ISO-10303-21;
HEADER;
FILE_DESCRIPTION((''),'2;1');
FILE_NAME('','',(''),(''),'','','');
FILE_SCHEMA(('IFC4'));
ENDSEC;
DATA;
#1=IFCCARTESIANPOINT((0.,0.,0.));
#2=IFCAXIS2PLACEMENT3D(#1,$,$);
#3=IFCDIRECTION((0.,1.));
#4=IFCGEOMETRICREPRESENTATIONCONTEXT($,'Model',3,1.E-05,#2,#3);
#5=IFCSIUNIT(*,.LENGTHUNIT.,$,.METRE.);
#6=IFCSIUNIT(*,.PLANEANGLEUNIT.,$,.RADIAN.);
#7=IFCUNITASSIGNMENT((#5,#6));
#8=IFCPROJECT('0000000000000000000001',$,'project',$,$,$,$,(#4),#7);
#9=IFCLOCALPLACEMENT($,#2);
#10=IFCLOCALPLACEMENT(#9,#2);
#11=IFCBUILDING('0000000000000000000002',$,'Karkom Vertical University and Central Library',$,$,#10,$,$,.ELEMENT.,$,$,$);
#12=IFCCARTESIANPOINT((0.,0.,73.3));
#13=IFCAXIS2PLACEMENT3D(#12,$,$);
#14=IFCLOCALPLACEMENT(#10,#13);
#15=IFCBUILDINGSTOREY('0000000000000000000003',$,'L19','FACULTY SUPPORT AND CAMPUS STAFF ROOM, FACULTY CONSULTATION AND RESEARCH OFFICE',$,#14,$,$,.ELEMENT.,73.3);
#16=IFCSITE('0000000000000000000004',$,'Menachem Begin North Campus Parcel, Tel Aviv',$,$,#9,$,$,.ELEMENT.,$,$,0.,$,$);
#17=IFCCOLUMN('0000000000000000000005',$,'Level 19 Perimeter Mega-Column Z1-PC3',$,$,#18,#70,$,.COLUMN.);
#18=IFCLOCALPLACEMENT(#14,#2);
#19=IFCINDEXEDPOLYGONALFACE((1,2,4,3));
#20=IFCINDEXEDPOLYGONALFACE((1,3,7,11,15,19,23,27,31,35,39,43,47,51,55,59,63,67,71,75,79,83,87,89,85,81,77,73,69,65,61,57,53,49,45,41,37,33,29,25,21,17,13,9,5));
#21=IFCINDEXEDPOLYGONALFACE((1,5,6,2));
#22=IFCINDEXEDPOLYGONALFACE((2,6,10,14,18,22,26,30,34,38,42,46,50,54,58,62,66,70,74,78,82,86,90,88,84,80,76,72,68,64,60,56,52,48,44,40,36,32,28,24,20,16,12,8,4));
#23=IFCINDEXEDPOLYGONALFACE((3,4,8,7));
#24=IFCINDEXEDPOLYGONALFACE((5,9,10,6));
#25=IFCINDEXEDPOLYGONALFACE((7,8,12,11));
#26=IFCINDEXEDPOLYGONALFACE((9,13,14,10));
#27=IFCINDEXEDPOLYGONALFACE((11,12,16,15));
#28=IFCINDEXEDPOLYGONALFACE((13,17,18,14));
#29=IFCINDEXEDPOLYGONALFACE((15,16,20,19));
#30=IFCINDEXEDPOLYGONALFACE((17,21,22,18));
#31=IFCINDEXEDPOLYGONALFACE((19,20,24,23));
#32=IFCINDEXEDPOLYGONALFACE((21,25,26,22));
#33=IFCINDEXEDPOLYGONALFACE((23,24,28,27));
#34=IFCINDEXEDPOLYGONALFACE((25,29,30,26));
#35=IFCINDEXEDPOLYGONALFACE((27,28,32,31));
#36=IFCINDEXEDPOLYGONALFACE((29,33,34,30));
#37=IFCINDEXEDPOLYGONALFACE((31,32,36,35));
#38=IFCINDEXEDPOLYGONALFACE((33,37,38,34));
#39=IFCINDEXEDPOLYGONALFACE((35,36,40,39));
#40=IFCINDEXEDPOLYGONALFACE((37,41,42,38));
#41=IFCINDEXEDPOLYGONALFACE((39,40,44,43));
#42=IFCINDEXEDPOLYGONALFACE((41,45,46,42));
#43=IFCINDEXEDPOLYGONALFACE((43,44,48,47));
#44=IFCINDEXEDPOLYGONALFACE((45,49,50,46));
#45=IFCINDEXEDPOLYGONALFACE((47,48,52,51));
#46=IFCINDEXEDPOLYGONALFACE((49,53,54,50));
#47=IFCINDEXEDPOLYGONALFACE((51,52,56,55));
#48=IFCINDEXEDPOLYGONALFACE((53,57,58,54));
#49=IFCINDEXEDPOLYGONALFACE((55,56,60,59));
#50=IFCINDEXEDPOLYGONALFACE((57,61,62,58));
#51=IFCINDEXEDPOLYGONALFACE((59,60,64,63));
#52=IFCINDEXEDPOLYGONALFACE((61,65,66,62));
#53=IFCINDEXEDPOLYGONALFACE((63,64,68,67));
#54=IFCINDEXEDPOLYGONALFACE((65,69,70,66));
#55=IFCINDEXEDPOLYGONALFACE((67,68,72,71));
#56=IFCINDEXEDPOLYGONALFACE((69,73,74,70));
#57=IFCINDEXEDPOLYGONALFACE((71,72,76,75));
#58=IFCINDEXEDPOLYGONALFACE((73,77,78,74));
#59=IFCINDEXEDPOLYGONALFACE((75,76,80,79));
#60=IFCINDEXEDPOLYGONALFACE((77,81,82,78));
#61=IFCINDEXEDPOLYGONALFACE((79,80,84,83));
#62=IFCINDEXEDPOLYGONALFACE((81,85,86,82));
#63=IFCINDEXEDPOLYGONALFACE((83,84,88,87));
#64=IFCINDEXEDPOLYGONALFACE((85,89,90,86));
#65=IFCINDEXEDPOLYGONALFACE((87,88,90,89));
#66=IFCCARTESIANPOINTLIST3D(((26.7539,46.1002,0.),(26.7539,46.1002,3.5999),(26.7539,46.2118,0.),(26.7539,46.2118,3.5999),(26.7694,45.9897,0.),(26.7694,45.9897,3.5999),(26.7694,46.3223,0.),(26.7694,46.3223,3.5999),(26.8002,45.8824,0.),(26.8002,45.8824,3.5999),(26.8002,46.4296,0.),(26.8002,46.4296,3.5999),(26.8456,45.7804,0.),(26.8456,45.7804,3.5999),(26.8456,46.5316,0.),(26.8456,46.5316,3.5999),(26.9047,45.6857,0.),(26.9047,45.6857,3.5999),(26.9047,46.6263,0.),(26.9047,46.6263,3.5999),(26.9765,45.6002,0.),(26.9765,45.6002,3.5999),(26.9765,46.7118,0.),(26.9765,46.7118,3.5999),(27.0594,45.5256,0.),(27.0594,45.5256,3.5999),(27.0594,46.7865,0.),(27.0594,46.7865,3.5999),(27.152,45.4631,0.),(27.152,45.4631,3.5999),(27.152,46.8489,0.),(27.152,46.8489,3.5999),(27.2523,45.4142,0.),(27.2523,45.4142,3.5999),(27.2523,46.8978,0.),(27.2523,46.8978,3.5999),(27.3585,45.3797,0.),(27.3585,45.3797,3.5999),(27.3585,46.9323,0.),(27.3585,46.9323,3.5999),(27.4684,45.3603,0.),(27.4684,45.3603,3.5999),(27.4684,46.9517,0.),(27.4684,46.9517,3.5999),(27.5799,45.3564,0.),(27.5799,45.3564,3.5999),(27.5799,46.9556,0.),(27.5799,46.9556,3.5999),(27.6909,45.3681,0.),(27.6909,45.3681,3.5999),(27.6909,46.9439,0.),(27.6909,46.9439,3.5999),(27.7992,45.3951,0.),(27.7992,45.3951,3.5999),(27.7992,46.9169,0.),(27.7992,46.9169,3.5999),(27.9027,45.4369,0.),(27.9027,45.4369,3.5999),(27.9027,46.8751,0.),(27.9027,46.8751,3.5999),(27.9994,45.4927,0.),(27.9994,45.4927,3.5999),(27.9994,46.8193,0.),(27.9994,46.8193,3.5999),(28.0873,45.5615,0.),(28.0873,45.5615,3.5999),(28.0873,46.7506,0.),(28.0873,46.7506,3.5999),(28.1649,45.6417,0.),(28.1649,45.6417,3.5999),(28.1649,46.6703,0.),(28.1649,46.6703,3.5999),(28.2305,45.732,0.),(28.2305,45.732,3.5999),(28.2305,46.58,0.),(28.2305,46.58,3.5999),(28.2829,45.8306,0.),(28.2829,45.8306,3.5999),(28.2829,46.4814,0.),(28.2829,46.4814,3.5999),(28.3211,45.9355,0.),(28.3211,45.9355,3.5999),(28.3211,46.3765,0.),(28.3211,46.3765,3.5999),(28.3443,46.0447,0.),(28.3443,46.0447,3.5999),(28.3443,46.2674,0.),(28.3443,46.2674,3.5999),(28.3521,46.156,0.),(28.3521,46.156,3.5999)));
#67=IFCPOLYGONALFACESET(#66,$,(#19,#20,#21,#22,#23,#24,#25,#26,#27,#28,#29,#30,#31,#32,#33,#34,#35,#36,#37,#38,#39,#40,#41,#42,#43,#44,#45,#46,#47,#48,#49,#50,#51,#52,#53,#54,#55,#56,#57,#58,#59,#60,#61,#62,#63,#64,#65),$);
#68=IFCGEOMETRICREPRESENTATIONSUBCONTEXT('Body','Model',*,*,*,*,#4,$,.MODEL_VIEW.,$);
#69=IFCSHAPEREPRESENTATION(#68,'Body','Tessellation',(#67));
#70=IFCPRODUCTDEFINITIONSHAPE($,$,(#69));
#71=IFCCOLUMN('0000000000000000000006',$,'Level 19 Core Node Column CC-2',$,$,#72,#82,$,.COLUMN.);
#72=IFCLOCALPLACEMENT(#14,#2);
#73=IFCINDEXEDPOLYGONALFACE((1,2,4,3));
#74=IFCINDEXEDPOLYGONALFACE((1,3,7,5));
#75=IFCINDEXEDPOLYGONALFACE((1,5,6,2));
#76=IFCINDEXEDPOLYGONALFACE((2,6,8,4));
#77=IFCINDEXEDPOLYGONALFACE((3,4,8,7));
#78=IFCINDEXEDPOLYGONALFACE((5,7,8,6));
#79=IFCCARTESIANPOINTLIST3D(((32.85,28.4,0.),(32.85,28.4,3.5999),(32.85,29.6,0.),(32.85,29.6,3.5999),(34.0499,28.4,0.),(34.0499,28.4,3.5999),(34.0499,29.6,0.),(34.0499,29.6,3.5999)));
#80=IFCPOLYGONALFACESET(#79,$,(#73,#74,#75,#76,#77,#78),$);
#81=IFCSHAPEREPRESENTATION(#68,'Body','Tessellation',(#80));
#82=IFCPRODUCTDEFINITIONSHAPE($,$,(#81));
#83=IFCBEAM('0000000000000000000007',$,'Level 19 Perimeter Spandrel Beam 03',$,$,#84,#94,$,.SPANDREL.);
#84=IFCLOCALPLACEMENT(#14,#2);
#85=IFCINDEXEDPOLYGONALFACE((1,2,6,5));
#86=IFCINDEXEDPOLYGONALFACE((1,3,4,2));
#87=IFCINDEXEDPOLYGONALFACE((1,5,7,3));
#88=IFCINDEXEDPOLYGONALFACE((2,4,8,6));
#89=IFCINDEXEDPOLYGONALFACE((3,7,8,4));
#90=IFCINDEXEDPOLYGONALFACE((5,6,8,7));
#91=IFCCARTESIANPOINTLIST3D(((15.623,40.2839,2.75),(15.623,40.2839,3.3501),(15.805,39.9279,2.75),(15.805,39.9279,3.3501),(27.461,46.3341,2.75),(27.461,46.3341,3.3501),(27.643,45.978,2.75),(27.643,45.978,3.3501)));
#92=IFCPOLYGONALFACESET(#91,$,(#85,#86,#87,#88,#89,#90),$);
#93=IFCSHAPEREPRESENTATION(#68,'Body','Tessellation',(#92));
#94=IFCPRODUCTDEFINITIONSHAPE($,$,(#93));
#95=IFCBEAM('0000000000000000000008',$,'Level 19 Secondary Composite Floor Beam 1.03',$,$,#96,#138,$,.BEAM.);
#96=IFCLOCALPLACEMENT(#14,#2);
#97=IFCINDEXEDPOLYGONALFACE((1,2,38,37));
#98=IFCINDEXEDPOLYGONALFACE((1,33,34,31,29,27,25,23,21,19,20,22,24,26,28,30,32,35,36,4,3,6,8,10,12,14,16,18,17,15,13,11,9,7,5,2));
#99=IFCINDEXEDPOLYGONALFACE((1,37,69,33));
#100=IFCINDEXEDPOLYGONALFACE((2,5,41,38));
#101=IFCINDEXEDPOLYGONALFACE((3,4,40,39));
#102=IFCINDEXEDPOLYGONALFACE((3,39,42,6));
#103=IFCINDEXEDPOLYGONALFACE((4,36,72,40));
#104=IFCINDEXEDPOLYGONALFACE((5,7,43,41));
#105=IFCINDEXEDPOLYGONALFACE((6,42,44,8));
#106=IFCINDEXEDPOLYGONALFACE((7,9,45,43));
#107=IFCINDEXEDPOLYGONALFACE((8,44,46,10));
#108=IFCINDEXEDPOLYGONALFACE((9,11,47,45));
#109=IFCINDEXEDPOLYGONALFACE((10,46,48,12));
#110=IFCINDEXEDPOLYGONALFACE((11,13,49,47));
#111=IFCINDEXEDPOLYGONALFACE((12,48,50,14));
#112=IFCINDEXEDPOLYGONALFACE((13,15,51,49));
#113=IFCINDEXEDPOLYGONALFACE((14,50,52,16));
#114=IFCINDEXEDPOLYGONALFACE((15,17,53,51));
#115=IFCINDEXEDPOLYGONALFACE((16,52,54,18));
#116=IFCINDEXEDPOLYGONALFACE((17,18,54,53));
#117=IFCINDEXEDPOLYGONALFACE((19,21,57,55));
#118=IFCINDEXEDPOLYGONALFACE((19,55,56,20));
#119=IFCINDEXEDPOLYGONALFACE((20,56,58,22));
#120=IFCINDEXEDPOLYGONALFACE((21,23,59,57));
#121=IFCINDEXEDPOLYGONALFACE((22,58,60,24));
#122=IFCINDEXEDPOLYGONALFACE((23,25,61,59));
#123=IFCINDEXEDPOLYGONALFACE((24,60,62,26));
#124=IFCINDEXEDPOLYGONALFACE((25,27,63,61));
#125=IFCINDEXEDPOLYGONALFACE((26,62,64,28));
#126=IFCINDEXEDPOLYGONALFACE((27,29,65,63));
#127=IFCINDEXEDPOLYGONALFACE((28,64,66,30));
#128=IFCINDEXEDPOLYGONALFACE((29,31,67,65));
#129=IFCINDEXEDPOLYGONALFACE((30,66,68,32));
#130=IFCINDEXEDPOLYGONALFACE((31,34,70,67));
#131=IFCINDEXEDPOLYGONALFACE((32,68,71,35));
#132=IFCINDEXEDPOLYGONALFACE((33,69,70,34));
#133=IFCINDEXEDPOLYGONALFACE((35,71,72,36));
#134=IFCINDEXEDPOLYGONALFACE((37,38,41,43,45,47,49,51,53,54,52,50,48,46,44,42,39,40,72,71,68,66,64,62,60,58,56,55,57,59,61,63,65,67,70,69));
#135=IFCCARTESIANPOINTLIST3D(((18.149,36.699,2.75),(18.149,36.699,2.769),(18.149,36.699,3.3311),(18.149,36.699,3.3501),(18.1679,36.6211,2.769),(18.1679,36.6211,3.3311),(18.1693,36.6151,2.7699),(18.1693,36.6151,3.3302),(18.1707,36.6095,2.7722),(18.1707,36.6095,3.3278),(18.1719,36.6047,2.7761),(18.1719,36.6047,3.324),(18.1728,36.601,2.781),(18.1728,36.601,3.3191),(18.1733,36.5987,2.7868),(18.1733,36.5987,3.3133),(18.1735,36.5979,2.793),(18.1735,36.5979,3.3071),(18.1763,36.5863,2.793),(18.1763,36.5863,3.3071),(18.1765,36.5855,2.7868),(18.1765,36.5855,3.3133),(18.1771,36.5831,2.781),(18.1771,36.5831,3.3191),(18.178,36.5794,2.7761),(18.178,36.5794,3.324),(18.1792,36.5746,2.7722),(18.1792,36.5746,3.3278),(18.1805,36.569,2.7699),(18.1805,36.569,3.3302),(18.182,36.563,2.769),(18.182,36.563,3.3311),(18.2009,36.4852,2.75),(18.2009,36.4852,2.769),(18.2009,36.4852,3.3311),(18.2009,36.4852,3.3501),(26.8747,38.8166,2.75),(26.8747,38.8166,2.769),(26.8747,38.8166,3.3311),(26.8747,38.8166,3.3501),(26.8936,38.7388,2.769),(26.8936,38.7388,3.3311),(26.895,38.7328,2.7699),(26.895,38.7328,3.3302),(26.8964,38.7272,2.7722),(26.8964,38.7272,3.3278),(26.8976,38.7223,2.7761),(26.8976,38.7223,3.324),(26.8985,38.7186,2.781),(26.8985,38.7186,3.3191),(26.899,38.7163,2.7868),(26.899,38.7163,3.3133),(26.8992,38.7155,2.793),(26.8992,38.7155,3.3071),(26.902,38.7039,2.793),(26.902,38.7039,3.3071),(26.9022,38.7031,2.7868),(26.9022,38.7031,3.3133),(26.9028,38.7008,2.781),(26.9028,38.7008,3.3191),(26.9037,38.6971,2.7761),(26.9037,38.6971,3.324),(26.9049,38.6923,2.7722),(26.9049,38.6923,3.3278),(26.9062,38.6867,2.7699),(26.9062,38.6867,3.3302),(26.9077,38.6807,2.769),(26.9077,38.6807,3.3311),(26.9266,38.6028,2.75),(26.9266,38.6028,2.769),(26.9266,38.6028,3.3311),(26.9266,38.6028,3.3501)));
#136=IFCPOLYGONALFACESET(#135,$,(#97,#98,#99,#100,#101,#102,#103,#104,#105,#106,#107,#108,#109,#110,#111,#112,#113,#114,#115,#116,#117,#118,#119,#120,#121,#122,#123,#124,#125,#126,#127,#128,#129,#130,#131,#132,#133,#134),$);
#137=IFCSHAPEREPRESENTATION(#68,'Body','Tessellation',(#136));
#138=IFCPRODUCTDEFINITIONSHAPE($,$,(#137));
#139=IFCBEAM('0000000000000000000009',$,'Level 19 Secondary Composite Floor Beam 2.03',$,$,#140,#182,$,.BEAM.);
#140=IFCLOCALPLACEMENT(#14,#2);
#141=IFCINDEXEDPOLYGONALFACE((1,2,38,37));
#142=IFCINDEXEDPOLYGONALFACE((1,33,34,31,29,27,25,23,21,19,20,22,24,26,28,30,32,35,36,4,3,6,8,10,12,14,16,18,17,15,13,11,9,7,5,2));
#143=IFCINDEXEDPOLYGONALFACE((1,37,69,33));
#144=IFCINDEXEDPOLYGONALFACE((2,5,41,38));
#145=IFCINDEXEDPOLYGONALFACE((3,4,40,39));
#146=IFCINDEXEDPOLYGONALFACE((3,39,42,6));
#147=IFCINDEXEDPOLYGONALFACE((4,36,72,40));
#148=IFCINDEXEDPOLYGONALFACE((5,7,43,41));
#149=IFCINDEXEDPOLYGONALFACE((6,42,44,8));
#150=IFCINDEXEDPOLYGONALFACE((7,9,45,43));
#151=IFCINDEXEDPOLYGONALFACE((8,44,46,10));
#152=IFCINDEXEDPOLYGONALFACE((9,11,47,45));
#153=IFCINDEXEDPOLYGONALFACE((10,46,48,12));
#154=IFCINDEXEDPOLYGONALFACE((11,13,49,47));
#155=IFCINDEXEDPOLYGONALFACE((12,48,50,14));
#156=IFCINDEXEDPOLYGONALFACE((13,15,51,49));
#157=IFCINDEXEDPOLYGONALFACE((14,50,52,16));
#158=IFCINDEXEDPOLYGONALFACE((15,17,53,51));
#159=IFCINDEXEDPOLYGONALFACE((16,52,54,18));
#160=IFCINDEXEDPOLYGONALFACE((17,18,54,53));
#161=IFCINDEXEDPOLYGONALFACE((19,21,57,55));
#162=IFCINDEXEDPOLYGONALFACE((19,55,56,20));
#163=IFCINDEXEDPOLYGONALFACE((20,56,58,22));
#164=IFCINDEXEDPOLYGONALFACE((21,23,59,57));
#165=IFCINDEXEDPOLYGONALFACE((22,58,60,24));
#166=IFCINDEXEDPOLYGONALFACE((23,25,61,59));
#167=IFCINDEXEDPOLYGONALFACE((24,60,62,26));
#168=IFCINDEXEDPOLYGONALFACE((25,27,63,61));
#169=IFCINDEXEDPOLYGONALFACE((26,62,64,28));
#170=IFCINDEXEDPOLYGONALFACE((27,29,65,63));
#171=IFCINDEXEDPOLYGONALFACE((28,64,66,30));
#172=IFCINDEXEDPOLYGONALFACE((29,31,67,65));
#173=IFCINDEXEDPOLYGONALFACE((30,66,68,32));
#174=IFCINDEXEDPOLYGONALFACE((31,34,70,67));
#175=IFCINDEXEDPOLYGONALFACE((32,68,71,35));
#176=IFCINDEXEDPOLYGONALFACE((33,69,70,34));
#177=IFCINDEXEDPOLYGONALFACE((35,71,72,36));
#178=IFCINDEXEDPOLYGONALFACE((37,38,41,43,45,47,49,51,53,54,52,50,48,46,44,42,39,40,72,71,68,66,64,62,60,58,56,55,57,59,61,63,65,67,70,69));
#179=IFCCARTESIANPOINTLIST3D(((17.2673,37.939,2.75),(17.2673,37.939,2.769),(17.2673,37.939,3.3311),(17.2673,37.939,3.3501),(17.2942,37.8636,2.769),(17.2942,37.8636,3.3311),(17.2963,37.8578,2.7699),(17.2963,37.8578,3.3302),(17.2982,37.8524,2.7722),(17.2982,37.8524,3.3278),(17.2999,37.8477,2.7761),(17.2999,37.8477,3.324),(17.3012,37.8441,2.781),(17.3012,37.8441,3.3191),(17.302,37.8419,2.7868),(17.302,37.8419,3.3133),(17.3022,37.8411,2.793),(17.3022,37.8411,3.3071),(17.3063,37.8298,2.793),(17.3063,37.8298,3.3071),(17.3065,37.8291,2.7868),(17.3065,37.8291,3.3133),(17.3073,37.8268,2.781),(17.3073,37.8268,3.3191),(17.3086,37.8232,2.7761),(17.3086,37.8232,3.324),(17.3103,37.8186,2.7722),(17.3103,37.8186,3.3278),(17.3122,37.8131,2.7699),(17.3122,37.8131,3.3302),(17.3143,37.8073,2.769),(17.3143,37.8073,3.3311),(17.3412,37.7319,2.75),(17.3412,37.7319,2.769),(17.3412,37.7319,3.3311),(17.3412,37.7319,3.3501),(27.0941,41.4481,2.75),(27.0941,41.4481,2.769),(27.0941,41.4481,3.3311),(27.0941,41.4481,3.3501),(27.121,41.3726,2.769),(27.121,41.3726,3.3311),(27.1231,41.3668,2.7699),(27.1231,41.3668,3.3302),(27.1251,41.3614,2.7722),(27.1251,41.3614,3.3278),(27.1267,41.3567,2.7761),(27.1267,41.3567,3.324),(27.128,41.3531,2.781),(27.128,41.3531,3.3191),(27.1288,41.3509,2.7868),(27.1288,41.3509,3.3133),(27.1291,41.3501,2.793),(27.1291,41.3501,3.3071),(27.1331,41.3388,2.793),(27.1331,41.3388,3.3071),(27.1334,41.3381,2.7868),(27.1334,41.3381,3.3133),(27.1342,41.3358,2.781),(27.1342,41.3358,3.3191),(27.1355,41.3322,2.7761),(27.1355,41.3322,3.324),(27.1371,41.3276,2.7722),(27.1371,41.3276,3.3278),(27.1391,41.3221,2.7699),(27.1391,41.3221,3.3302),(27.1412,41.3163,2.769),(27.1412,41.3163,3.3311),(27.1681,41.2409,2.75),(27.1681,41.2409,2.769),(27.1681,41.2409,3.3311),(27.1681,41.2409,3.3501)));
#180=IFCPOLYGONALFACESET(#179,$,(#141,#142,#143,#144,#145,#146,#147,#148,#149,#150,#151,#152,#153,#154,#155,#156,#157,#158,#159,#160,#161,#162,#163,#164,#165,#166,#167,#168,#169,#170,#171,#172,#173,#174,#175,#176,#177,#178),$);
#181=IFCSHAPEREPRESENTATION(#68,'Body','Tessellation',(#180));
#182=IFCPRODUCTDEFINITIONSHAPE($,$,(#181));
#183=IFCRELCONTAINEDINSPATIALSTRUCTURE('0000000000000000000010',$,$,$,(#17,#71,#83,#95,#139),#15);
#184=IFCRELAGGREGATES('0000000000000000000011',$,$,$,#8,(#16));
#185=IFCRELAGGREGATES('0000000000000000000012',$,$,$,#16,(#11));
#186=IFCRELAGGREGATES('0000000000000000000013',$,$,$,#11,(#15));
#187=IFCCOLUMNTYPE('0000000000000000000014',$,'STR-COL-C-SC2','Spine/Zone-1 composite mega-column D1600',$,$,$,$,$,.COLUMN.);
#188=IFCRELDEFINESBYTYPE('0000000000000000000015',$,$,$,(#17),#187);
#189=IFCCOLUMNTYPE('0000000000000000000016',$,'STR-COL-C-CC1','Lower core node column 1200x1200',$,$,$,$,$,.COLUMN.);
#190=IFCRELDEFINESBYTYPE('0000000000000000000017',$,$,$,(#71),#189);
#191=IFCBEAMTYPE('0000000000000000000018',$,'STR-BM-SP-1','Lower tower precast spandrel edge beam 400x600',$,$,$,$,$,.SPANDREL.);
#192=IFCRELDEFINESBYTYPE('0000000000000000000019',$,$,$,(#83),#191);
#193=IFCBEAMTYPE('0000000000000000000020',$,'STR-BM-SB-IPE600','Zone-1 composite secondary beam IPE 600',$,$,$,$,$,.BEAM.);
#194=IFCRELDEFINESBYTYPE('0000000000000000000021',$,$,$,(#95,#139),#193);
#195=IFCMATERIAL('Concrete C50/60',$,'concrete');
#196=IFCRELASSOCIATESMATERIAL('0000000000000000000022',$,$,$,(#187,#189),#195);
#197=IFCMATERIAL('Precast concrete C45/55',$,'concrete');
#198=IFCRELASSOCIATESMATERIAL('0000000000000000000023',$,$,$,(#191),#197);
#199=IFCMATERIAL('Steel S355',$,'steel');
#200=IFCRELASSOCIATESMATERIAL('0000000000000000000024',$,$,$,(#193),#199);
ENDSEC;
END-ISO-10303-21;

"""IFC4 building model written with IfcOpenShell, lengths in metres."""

from ifc_helpers import new_model, si_unit, direction, frame, origin, origin_with_axes, origin_2d, place, context, subcontext, project, spatial, rectangle, circle, i_section, extrude, source, transform, mapped, material, material_profile, profile_set, type_object, element, save


model = new_model("IFC4")

# Units and contexts
model_context = context("Model", 3, precision=1e-05, world=origin(), true_north=direction((0.0, 1.0)))
body_context = subcontext(model_context, "Body", "Model", "MODEL_VIEW")
ifc_project = project(units=[si_unit("LENGTHUNIT", "METRE"), si_unit("PLANEANGLEUNIT", "RADIAN")], contexts=[model_context])

# Site, building, storey
site_placement = place(None, origin())
site = spatial("IfcSite", under=ifc_project, at=site_placement, Name="Menachem Begin North Campus Parcel, Tel Aviv", CompositionType="ELEMENT", RefElevation=0.0)
building_placement = place(site_placement, origin())
building = spatial("IfcBuilding", under=site, at=building_placement, Name="Karkom Vertical University and Central Library", CompositionType="ELEMENT")
storey_placement = place(building_placement, frame((0.0, 0.0, 73.3)))
storey = spatial("IfcBuildingStorey", under=building, at=storey_placement, Name="L19", Description="FACULTY SUPPORT AND CAMPUS STAFF ROOM, FACULTY CONSULTATION AND RESEARCH OFFICE", CompositionType="ELEMENT", Elevation=73.3)

# Columns
ifc_material_1 = material(Name="Concrete C50/60", Category="concrete")
ifc_material_profile_1 = material_profile(ifc_material_1, circle(Radius=0.8, at=origin_2d()), Name="CFT-D1600")
ifc_profile_set_1 = profile_set([ifc_material_profile_1], Name="Concrete C50/60")
column_type_1 = type_object("IfcColumnType", Name="STR-COL-C-SC2", Description="Spine/Zone-1 composite mega-column D1600", PredefinedType="COLUMN", material=ifc_profile_set_1)
shared_shape_1 = source(origin_with_axes(), body_context, "Body", "SweptSolid", [
    extrude(circle(Radius=0.8, at=origin_2d()), origin(), (0.0, 0.0, 1.0), 3.5999),
])
column_1_placement = place(storey_placement, frame((27.552, 46.156, 0.0), z_axis=(0.0, 0.0, 1.0), x_axis=(1.0, 0.0, 0.0)))
element("IfcColumn", 1, at=column_1_placement, inside=storey, type_object=column_type_1, Name="Level 19 Perimeter Mega-Column Z1-PC3", PredefinedType="COLUMN", context=body_context, shape_type="MappedRepresentation", body=[
    mapped(shared_shape_1, transform((0.0, 0.0, 0.0), scale=1.0)),
])
ifc_material_profile_2 = material_profile(ifc_material_1, rectangle(XDim=1.2, YDim=1.2, at=origin_2d()), Name="RC-1200x1200")
ifc_profile_set_2 = profile_set([ifc_material_profile_2], Name="Concrete C50/60")
column_type_2 = type_object("IfcColumnType", Name="STR-COL-C-CC1", Description="Lower core node column 1200x1200", PredefinedType="COLUMN", material=ifc_profile_set_2)
shared_shape_2 = source(origin_with_axes(), body_context, "Body", "SweptSolid", [
    extrude(rectangle(XDim=1.2, YDim=1.2, at=origin_2d()), origin(), (0.0, 0.0, 1.0), 3.5999),
])
column_2_placement = place(storey_placement, frame((33.45, 29.0, 0.0), z_axis=(0.0, 0.0, 1.0), x_axis=(1.0, 0.0, 0.0)))
element("IfcColumn", 2, at=column_2_placement, inside=storey, type_object=column_type_2, Name="Level 19 Core Node Column CC-2", PredefinedType="COLUMN", context=body_context, shape_type="MappedRepresentation", body=[
    mapped(shared_shape_2, transform((0.0, 0.0, 0.0), scale=1.0)),
])

# Beams
ifc_material_2 = material(Name="Precast concrete C45/55", Category="concrete")
ifc_material_profile_3 = material_profile(ifc_material_2, rectangle(XDim=0.3999, YDim=0.6001, at=origin_2d()), Name="SPB-400x600")
ifc_profile_set_3 = profile_set([ifc_material_profile_3], Name="Precast concrete C45/55")
beam_type_1 = type_object("IfcBeamType", Name="STR-BM-SP-1", Description="Lower tower precast spandrel edge beam 400x600", PredefinedType="SPANDREL", material=ifc_profile_set_3)
shared_shape_3 = source(origin_with_axes(), body_context, "Body", "SweptSolid", [
    extrude(rectangle(XDim=0.3999, YDim=0.6001, at=origin_2d()), origin(), (0.0, 0.0, 1.0), 13.2944),
])
beam_1_placement = place(storey_placement, frame((27.552, 46.156, 3.05), z_axis=(-0.890448, -0.455085, 0.0), x_axis=(0.455085, -0.890448, 0.0)))
element("IfcBeam", 3, at=beam_1_placement, inside=storey, type_object=beam_type_1, Name="Level 19 Perimeter Spandrel Beam 03", PredefinedType="SPANDREL", context=body_context, shape_type="MappedRepresentation", body=[
    mapped(shared_shape_3, transform((0.0, 0.0, 0.0), scale=1.0)),
])
ifc_material_3 = material(Name="Steel S355", Category="steel")
ifc_material_profile_4 = material_profile(ifc_material_3, i_section(OverallWidth=0.22, OverallDepth=0.6001, WebThickness=0.012, FlangeThickness=0.019, FilletRadius=0.0239, at=origin_2d()), Name="IPE 600")
ifc_profile_set_4 = profile_set([ifc_material_profile_4], Name="Steel S355")
beam_type_2 = type_object("IfcBeamType", Name="STR-BM-SB-IPE600", Description="Zone-1 composite secondary beam IPE 600", PredefinedType="BEAM", material=ifc_profile_set_4)
shared_shape_4 = source(origin_with_axes(), body_context, "Body", "SweptSolid", [
    extrude(i_section(OverallWidth=0.22, OverallDepth=0.6001, WebThickness=0.012, FlangeThickness=0.019, FilletRadius=0.0239, at=origin_2d()), origin(), (0.0, 0.0, 1.0), 8.979),
])
beam_2_placement = place(storey_placement, frame((26.9006, 38.7097, 3.05), z_axis=(-0.971791, -0.235844, 0.0), x_axis=(0.235844, -0.971791, 0.0)))
element("IfcBeam", 4, at=beam_2_placement, inside=storey, type_object=beam_type_2, Name="Level 19 Secondary Composite Floor Beam 1.03", PredefinedType="BEAM", context=body_context, shape_type="MappedRepresentation", body=[
    mapped(shared_shape_4, transform((0.0, 0.0, 0.0), scale=1.0)),
])
shared_shape_5 = source(origin_with_axes(), body_context, "Body", "SweptSolid", [
    extrude(i_section(OverallWidth=0.22, OverallDepth=0.6001, WebThickness=0.012, FlangeThickness=0.019, FilletRadius=0.0239, at=origin_2d()), origin(), (0.0, 0.0, 1.0), 10.4346),
])
beam_3_placement = place(storey_placement, frame((27.1311, 41.3445, 3.05), z_axis=(-0.941759, -0.336287, 0.0), x_axis=(0.336287, -0.941759, 0.0)))
element("IfcBeam", 5, at=beam_3_placement, inside=storey, type_object=beam_type_2, Name="Level 19 Secondary Composite Floor Beam 2.03", PredefinedType="BEAM", context=body_context, shape_type="MappedRepresentation", body=[
    mapped(shared_shape_5, transform((0.0, 0.0, 0.0), scale=1.0)),
])

save(model, "model.ifc")
